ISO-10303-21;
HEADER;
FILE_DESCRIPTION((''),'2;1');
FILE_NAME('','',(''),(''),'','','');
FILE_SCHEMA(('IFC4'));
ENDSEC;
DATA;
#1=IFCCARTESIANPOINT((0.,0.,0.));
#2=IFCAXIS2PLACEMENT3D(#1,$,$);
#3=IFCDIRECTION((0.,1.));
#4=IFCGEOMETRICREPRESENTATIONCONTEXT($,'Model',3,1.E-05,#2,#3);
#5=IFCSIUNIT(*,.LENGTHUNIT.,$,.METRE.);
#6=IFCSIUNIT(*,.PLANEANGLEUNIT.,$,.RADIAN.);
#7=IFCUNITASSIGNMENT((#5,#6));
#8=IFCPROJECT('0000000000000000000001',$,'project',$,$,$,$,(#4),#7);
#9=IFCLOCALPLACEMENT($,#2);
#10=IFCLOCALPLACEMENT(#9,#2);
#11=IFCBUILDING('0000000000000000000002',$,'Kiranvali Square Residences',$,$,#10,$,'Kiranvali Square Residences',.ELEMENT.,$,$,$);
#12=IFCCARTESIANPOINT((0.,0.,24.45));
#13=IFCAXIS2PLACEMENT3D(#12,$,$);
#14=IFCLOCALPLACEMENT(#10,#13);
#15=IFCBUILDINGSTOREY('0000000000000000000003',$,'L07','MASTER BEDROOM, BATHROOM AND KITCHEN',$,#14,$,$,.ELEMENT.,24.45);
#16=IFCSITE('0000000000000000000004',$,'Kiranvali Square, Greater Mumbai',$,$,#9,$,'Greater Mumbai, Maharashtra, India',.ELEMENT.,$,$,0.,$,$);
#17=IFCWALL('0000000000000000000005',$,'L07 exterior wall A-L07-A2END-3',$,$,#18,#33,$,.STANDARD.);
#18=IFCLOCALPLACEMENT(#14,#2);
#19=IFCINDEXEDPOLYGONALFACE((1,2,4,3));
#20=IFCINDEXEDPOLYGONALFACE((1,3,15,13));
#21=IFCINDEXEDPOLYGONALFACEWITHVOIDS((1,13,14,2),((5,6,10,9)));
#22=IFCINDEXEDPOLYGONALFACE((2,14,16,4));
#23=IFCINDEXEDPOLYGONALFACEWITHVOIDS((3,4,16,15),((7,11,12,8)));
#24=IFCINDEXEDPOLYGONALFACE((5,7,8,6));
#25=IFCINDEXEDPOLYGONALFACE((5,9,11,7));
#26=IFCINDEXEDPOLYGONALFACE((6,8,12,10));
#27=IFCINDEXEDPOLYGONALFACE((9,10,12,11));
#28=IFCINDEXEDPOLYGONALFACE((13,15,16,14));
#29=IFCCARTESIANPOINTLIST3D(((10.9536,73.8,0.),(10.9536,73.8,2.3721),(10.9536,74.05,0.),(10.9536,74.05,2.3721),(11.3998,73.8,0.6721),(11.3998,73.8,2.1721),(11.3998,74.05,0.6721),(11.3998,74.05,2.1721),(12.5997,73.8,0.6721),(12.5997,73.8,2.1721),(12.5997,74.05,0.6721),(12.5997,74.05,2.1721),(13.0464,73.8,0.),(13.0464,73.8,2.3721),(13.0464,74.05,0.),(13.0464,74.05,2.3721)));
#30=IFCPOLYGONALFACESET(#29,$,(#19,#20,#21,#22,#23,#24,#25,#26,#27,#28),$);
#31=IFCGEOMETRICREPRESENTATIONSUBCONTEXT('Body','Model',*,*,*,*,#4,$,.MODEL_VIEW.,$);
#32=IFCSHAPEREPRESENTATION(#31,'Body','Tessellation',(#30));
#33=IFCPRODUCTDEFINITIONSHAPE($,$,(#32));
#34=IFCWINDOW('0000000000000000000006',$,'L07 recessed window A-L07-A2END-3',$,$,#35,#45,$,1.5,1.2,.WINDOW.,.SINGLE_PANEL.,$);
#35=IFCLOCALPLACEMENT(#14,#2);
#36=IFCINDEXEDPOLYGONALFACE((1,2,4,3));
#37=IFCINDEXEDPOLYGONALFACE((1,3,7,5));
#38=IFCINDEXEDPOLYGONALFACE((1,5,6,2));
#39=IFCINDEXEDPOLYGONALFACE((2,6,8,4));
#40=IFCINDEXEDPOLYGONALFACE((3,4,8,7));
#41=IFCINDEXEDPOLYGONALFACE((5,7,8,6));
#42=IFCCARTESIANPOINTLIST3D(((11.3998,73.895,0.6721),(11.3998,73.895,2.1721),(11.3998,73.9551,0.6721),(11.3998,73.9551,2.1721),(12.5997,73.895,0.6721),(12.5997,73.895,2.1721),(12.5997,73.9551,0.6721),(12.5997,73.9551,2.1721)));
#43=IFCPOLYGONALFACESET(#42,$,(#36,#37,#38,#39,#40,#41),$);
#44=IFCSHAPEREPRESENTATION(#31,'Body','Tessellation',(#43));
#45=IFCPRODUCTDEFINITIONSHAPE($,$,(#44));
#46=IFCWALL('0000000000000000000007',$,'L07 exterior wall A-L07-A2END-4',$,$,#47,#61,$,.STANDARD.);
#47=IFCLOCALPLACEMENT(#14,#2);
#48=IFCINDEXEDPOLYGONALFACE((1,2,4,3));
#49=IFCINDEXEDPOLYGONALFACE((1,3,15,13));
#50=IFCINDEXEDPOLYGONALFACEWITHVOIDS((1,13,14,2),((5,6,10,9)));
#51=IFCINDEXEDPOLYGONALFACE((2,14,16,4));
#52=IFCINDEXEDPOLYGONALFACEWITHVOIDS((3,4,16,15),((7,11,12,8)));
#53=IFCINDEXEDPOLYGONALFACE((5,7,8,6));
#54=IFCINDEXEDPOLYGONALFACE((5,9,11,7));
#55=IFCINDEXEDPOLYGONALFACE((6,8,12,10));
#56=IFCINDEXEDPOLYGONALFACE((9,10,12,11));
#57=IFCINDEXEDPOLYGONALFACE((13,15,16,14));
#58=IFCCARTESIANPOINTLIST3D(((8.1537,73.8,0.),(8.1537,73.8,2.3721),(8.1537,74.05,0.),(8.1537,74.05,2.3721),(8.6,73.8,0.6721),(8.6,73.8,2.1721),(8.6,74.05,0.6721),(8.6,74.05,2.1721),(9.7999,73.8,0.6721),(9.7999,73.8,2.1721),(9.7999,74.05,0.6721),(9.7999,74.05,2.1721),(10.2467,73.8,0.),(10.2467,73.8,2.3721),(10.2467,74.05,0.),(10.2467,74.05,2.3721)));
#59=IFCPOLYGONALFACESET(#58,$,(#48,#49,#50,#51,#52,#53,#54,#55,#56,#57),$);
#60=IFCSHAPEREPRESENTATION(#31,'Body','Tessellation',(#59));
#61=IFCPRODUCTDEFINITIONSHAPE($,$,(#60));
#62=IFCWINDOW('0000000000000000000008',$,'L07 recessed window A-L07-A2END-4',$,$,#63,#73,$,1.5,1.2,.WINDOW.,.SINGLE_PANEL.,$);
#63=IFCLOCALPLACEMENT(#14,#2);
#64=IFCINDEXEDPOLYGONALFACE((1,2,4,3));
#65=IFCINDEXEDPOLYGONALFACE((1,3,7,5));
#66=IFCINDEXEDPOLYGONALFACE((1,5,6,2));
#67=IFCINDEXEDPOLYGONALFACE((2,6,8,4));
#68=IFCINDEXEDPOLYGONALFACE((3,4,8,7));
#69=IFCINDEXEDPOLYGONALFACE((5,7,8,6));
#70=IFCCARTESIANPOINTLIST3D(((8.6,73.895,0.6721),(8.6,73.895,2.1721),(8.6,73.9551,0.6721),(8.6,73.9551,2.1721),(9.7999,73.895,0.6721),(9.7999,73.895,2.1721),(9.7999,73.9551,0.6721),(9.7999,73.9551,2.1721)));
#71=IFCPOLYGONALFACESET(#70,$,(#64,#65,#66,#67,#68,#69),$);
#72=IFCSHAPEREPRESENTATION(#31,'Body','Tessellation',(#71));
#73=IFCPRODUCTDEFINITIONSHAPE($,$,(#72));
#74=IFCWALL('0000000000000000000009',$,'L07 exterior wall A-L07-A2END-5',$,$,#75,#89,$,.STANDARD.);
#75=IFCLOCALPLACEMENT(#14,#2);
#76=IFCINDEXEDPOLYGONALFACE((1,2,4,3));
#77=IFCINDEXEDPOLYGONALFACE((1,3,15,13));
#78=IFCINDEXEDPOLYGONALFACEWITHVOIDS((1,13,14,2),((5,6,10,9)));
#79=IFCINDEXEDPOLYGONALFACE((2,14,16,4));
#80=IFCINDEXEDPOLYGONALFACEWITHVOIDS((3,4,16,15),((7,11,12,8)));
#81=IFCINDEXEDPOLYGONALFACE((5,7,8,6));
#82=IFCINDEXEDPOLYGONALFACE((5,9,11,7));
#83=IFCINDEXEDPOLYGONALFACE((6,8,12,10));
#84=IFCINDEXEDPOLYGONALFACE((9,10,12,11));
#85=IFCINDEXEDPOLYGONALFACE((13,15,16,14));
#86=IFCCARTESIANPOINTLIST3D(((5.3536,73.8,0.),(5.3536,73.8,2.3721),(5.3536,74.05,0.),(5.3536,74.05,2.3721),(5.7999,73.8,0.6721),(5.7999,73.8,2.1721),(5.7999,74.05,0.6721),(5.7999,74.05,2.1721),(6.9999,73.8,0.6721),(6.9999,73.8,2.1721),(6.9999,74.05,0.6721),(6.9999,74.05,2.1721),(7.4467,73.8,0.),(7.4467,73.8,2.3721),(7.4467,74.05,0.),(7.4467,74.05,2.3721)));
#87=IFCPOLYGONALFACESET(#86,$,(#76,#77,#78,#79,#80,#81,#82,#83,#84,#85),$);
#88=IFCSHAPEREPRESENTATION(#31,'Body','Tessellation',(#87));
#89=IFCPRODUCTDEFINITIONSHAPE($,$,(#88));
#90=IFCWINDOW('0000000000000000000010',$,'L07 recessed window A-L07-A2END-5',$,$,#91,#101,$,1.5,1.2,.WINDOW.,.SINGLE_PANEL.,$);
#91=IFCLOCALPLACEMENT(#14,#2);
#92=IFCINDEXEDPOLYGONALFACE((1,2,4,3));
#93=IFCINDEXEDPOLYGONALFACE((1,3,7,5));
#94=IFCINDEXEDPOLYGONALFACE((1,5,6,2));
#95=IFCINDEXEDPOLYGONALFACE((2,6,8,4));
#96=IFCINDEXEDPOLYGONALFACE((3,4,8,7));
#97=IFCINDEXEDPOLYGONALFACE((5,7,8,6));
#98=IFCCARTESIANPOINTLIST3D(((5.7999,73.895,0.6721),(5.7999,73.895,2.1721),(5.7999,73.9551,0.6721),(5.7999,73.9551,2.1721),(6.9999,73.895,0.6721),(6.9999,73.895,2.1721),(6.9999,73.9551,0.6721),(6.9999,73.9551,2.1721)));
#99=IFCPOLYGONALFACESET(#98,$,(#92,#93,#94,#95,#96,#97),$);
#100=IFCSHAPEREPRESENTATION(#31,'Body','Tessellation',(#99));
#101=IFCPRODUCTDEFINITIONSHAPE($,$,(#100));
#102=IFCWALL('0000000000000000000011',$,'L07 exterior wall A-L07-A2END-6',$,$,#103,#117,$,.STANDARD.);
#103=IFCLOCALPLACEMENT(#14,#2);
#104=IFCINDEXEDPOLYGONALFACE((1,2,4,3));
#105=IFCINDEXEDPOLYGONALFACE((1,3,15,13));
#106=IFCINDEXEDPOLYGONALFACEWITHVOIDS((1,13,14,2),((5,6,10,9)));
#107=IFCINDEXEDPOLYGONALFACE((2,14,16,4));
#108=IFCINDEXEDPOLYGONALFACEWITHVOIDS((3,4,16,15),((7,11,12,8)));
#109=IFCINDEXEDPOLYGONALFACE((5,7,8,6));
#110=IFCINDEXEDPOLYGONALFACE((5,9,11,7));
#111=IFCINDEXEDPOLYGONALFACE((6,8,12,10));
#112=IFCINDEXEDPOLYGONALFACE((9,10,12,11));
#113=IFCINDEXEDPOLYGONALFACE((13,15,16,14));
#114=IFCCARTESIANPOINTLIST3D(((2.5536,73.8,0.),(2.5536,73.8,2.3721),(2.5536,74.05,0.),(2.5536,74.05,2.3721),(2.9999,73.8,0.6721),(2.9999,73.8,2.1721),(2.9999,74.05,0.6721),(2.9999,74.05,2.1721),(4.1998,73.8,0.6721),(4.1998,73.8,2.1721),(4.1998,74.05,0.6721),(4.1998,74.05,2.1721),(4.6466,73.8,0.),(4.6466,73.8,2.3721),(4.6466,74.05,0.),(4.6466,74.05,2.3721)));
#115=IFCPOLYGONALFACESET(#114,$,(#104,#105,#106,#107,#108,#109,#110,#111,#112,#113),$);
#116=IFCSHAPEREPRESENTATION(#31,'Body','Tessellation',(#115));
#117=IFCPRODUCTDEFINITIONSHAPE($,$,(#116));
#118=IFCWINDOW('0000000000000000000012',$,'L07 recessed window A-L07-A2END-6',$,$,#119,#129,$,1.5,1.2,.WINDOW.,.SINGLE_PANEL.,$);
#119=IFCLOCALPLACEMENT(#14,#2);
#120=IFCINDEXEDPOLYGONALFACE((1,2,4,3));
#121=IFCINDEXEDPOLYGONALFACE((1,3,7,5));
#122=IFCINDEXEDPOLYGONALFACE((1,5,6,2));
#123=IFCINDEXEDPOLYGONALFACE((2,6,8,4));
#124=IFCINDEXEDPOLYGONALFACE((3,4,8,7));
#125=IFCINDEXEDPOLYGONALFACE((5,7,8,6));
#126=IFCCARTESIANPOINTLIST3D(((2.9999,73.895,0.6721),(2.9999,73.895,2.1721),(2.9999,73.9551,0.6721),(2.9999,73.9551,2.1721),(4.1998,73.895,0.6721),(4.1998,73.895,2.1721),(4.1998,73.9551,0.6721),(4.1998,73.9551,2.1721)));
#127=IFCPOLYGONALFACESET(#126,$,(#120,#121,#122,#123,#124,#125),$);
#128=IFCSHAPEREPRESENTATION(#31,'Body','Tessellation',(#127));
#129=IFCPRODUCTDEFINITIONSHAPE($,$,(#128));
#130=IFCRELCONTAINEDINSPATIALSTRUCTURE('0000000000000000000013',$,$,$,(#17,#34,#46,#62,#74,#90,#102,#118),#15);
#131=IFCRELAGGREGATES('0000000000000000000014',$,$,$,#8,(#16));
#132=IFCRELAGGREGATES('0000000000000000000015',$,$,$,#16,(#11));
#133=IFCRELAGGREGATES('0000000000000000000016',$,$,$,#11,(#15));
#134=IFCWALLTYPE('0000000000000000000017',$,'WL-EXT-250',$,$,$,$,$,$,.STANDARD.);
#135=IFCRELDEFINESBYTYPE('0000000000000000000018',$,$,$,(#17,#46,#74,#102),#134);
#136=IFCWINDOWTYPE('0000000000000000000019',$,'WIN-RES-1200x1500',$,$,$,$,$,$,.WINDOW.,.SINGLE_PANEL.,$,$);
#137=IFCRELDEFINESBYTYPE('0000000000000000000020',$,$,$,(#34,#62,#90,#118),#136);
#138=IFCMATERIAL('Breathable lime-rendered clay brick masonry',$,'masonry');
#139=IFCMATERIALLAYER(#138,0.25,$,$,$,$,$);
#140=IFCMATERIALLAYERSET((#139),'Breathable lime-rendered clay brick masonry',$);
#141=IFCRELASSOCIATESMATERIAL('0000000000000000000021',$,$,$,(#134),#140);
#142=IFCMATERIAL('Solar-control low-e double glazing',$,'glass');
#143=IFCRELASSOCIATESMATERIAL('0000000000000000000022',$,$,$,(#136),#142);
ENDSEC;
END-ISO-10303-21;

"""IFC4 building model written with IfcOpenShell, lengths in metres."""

from ifc_helpers import new_model, si_unit, direction, frame, frame_2d, origin, place, context, subcontext, project, spatial, rectangle, extrude, material, layer, layer_set, type_object, element, fill, save


model = new_model("IFC4")

# Units and contexts
model_context = context("Model", 3, precision=1e-05, world=origin(), true_north=direction((0.0, 1.0)))
body_context = subcontext(model_context, "Body", "Model", "MODEL_VIEW")
ifc_project = project(units=[si_unit("LENGTHUNIT", "METRE"), si_unit("PLANEANGLEUNIT", "RADIAN")], contexts=[model_context])

# Site, building, storey
site_placement = place(None, origin())
site = spatial("IfcSite", under=ifc_project, at=site_placement, Name="Kiranvali Square, Greater Mumbai", LongName="Greater Mumbai, Maharashtra, India", CompositionType="ELEMENT", RefElevation=0.0)
building_placement = place(site_placement, origin())
building = spatial("IfcBuilding", under=site, at=building_placement, Name="Kiranvali Square Residences", LongName="Kiranvali Square Residences", CompositionType="ELEMENT")
storey_placement = place(building_placement, frame((0.0, 0.0, 24.45)))
storey = spatial("IfcBuildingStorey", under=building, at=storey_placement, Name="L07", Description="MASTER BEDROOM, BATHROOM AND KITCHEN", CompositionType="ELEMENT", Elevation=24.45)

# Walls, openings, windows
ifc_material_1 = material(Name="Breathable lime-rendered clay brick masonry", Category="masonry")
ifc_layer = layer(ifc_material_1, 0.25)
ifc_layer_set = layer_set([ifc_layer], Name="Breathable lime-rendered clay brick masonry")
wall_type = type_object("IfcWallType", Name="WL-EXT-250", PredefinedType="STANDARD", material=ifc_layer_set)
ifc_material_2 = material(Name="Solar-control low-e double glazing", Category="glass")
wall_1_placement = place(storey_placement, frame((13.0464, 73.925, 0.0), z_axis=(0.0, 0.0, 1.0), x_axis=(-1.0, 0.0, 0.0)))
wall_1 = element("IfcWall", 1, at=wall_1_placement, inside=storey, type_object=wall_type, Name="L07 exterior wall A-L07-A2END-3", PredefinedType="STANDARD", context=body_context, shape_type="SweptSolid", body=[
    extrude(rectangle(XDim=2.0928, YDim=0.25, at=frame_2d((1.0464, 0.0))), origin(), (0.0, 0.0, 1.0), 2.3721),
])
opening_1_placement = place(wall_1_placement, frame((0.4465, 0.0, 0.6721)))
opening_1 = element("IfcOpeningElement", 2, at=opening_1_placement, cuts=wall_1, PredefinedType="OPENING", context=body_context, shape_type="SweptSolid", body=[
    extrude(rectangle(XDim=1.2, YDim=1.5, at=frame_2d((0.6001, 0.75))), frame((0.0, 0.135, 0.0), z_axis=(0.0, -1.0, 0.0), x_axis=(1.0, 0.0, 0.0)), (0.0, 0.0, 1.0), 0.27),
])
window_type_1 = type_object("IfcWindowType", Name="WIN-RES-1200x1500", PartitioningType="SINGLE_PANEL", PredefinedType="WINDOW", material=ifc_material_2)
window_1_placement = place(opening_1_placement, origin())
window_1 = element("IfcWindow", 3, at=window_1_placement, inside=storey, type_object=window_type_1, Name="L07 recessed window A-L07-A2END-3", OverallHeight=1.5, OverallWidth=1.2, PartitioningType="SINGLE_PANEL", PredefinedType="WINDOW", context=body_context, shape_type="SweptSolid", body=[
    extrude(rectangle(XDim=1.2, YDim=1.5, at=frame_2d((0.6001, 0.75))), frame((0.0, 0.03, 0.0), z_axis=(0.0, -1.0, 0.0), x_axis=(1.0, 0.0, 0.0)), (0.0, 0.0, 1.0), 0.0601),
])
fill(opening_1, window_1)
wall_2_placement = place(storey_placement, frame((10.2466, 73.925, 0.0), z_axis=(0.0, 0.0, 1.0), x_axis=(-1.0, 0.0, 0.0)))
wall_2 = element("IfcWall", 4, at=wall_2_placement, inside=storey, type_object=wall_type, Name="L07 exterior wall A-L07-A2END-4", PredefinedType="STANDARD", context=body_context, shape_type="SweptSolid", body=[
    extrude(rectangle(XDim=2.093, YDim=0.25, at=frame_2d((1.0464, 0.0))), origin(), (0.0, 0.0, 1.0), 2.3721),
])
opening_2_placement = place(wall_2_placement, frame((0.4465, 0.0, 0.6721)))
opening_2 = element("IfcOpeningElement", 5, at=opening_2_placement, cuts=wall_2, PredefinedType="OPENING", context=body_context, shape_type="SweptSolid", body=[
    extrude(rectangle(XDim=1.2, YDim=1.5, at=frame_2d((0.6001, 0.75))), frame((0.0, 0.135, 0.0), z_axis=(0.0, -1.0, 0.0), x_axis=(1.0, 0.0, 0.0)), (0.0, 0.0, 1.0), 0.27),
])
window_2_placement = place(opening_2_placement, origin())
window_2 = element("IfcWindow", 6, at=window_2_placement, inside=storey, type_object=window_type_1, Name="L07 recessed window A-L07-A2END-4", OverallHeight=1.5, OverallWidth=1.2, PartitioningType="SINGLE_PANEL", PredefinedType="WINDOW", context=body_context, shape_type="SweptSolid", body=[
    extrude(rectangle(XDim=1.2, YDim=1.5, at=frame_2d((0.6001, 0.75))), frame((0.0, 0.03, 0.0), z_axis=(0.0, -1.0, 0.0), x_axis=(1.0, 0.0, 0.0)), (0.0, 0.0, 1.0), 0.0601),
])
fill(opening_2, window_2)
wall_3_placement = place(storey_placement, frame((7.4465, 73.925, 0.0), z_axis=(0.0, 0.0, 1.0), x_axis=(-1.0, 0.0, 0.0)))
wall_3 = element("IfcWall", 7, at=wall_3_placement, inside=storey, type_object=wall_type, Name="L07 exterior wall A-L07-A2END-5", PredefinedType="STANDARD", context=body_context, shape_type="SweptSolid", body=[
    extrude(rectangle(XDim=2.093, YDim=0.25, at=frame_2d((1.0464, 0.0))), origin(), (0.0, 0.0, 1.0), 2.3721),
])
opening_3_placement = place(wall_3_placement, frame((0.4465, 0.0, 0.6721)))
opening_3 = element("IfcOpeningElement", 8, at=opening_3_placement, cuts=wall_3, PredefinedType="OPENING", context=body_context, shape_type="SweptSolid", body=[
    extrude(rectangle(XDim=1.2, YDim=1.5, at=frame_2d((0.6001, 0.75))), frame((0.0, 0.135, 0.0), z_axis=(0.0, -1.0, 0.0), x_axis=(1.0, 0.0, 0.0)), (0.0, 0.0, 1.0), 0.27),
])
window_3_placement = place(opening_3_placement, origin())
window_3 = element("IfcWindow", 9, at=window_3_placement, inside=storey, type_object=window_type_1, Name="L07 recessed window A-L07-A2END-5", OverallHeight=1.5, OverallWidth=1.2, PartitioningType="SINGLE_PANEL", PredefinedType="WINDOW", context=body_context, shape_type="SweptSolid", body=[
    extrude(rectangle(XDim=1.2, YDim=1.5, at=frame_2d((0.6001, 0.75))), frame((0.0, 0.03, 0.0), z_axis=(0.0, -1.0, 0.0), x_axis=(1.0, 0.0, 0.0)), (0.0, 0.0, 1.0), 0.0601),
])
fill(opening_3, window_3)
wall_4_placement = place(storey_placement, frame((4.6465, 73.925, 0.0), z_axis=(0.0, 0.0, 1.0), x_axis=(-1.0, 0.0, 0.0)))
wall_4 = element("IfcWall", 10, at=wall_4_placement, inside=storey, type_object=wall_type, Name="L07 exterior wall A-L07-A2END-6", PredefinedType="STANDARD", context=body_context, shape_type="SweptSolid", body=[
    extrude(rectangle(XDim=2.093, YDim=0.25, at=frame_2d((1.0464, 0.0))), origin(), (0.0, 0.0, 1.0), 2.3721),
])
opening_4_placement = place(wall_4_placement, frame((0.4465, 0.0, 0.6721)))
opening_4 = element("IfcOpeningElement", 11, at=opening_4_placement, cuts=wall_4, PredefinedType="OPENING", context=body_context, shape_type="SweptSolid", body=[
    extrude(rectangle(XDim=1.2, YDim=1.5, at=frame_2d((0.6001, 0.75))), frame((0.0, 0.135, 0.0), z_axis=(0.0, -1.0, 0.0), x_axis=(1.0, 0.0, 0.0)), (0.0, 0.0, 1.0), 0.27),
])
window_4_placement = place(opening_4_placement, origin())
window_4 = element("IfcWindow", 12, at=window_4_placement, inside=storey, type_object=window_type_1, Name="L07 recessed window A-L07-A2END-6", OverallHeight=1.5, OverallWidth=1.2, PartitioningType="SINGLE_PANEL", PredefinedType="WINDOW", context=body_context, shape_type="SweptSolid", body=[
    extrude(rectangle(XDim=1.2, YDim=1.5, at=frame_2d((0.6001, 0.75))), frame((0.0, 0.03, 0.0), z_axis=(0.0, -1.0, 0.0), x_axis=(1.0, 0.0, 0.0)), (0.0, 0.0, 1.0), 0.0601),
])
fill(opening_4, window_4)

save(model, "model.ifc")
